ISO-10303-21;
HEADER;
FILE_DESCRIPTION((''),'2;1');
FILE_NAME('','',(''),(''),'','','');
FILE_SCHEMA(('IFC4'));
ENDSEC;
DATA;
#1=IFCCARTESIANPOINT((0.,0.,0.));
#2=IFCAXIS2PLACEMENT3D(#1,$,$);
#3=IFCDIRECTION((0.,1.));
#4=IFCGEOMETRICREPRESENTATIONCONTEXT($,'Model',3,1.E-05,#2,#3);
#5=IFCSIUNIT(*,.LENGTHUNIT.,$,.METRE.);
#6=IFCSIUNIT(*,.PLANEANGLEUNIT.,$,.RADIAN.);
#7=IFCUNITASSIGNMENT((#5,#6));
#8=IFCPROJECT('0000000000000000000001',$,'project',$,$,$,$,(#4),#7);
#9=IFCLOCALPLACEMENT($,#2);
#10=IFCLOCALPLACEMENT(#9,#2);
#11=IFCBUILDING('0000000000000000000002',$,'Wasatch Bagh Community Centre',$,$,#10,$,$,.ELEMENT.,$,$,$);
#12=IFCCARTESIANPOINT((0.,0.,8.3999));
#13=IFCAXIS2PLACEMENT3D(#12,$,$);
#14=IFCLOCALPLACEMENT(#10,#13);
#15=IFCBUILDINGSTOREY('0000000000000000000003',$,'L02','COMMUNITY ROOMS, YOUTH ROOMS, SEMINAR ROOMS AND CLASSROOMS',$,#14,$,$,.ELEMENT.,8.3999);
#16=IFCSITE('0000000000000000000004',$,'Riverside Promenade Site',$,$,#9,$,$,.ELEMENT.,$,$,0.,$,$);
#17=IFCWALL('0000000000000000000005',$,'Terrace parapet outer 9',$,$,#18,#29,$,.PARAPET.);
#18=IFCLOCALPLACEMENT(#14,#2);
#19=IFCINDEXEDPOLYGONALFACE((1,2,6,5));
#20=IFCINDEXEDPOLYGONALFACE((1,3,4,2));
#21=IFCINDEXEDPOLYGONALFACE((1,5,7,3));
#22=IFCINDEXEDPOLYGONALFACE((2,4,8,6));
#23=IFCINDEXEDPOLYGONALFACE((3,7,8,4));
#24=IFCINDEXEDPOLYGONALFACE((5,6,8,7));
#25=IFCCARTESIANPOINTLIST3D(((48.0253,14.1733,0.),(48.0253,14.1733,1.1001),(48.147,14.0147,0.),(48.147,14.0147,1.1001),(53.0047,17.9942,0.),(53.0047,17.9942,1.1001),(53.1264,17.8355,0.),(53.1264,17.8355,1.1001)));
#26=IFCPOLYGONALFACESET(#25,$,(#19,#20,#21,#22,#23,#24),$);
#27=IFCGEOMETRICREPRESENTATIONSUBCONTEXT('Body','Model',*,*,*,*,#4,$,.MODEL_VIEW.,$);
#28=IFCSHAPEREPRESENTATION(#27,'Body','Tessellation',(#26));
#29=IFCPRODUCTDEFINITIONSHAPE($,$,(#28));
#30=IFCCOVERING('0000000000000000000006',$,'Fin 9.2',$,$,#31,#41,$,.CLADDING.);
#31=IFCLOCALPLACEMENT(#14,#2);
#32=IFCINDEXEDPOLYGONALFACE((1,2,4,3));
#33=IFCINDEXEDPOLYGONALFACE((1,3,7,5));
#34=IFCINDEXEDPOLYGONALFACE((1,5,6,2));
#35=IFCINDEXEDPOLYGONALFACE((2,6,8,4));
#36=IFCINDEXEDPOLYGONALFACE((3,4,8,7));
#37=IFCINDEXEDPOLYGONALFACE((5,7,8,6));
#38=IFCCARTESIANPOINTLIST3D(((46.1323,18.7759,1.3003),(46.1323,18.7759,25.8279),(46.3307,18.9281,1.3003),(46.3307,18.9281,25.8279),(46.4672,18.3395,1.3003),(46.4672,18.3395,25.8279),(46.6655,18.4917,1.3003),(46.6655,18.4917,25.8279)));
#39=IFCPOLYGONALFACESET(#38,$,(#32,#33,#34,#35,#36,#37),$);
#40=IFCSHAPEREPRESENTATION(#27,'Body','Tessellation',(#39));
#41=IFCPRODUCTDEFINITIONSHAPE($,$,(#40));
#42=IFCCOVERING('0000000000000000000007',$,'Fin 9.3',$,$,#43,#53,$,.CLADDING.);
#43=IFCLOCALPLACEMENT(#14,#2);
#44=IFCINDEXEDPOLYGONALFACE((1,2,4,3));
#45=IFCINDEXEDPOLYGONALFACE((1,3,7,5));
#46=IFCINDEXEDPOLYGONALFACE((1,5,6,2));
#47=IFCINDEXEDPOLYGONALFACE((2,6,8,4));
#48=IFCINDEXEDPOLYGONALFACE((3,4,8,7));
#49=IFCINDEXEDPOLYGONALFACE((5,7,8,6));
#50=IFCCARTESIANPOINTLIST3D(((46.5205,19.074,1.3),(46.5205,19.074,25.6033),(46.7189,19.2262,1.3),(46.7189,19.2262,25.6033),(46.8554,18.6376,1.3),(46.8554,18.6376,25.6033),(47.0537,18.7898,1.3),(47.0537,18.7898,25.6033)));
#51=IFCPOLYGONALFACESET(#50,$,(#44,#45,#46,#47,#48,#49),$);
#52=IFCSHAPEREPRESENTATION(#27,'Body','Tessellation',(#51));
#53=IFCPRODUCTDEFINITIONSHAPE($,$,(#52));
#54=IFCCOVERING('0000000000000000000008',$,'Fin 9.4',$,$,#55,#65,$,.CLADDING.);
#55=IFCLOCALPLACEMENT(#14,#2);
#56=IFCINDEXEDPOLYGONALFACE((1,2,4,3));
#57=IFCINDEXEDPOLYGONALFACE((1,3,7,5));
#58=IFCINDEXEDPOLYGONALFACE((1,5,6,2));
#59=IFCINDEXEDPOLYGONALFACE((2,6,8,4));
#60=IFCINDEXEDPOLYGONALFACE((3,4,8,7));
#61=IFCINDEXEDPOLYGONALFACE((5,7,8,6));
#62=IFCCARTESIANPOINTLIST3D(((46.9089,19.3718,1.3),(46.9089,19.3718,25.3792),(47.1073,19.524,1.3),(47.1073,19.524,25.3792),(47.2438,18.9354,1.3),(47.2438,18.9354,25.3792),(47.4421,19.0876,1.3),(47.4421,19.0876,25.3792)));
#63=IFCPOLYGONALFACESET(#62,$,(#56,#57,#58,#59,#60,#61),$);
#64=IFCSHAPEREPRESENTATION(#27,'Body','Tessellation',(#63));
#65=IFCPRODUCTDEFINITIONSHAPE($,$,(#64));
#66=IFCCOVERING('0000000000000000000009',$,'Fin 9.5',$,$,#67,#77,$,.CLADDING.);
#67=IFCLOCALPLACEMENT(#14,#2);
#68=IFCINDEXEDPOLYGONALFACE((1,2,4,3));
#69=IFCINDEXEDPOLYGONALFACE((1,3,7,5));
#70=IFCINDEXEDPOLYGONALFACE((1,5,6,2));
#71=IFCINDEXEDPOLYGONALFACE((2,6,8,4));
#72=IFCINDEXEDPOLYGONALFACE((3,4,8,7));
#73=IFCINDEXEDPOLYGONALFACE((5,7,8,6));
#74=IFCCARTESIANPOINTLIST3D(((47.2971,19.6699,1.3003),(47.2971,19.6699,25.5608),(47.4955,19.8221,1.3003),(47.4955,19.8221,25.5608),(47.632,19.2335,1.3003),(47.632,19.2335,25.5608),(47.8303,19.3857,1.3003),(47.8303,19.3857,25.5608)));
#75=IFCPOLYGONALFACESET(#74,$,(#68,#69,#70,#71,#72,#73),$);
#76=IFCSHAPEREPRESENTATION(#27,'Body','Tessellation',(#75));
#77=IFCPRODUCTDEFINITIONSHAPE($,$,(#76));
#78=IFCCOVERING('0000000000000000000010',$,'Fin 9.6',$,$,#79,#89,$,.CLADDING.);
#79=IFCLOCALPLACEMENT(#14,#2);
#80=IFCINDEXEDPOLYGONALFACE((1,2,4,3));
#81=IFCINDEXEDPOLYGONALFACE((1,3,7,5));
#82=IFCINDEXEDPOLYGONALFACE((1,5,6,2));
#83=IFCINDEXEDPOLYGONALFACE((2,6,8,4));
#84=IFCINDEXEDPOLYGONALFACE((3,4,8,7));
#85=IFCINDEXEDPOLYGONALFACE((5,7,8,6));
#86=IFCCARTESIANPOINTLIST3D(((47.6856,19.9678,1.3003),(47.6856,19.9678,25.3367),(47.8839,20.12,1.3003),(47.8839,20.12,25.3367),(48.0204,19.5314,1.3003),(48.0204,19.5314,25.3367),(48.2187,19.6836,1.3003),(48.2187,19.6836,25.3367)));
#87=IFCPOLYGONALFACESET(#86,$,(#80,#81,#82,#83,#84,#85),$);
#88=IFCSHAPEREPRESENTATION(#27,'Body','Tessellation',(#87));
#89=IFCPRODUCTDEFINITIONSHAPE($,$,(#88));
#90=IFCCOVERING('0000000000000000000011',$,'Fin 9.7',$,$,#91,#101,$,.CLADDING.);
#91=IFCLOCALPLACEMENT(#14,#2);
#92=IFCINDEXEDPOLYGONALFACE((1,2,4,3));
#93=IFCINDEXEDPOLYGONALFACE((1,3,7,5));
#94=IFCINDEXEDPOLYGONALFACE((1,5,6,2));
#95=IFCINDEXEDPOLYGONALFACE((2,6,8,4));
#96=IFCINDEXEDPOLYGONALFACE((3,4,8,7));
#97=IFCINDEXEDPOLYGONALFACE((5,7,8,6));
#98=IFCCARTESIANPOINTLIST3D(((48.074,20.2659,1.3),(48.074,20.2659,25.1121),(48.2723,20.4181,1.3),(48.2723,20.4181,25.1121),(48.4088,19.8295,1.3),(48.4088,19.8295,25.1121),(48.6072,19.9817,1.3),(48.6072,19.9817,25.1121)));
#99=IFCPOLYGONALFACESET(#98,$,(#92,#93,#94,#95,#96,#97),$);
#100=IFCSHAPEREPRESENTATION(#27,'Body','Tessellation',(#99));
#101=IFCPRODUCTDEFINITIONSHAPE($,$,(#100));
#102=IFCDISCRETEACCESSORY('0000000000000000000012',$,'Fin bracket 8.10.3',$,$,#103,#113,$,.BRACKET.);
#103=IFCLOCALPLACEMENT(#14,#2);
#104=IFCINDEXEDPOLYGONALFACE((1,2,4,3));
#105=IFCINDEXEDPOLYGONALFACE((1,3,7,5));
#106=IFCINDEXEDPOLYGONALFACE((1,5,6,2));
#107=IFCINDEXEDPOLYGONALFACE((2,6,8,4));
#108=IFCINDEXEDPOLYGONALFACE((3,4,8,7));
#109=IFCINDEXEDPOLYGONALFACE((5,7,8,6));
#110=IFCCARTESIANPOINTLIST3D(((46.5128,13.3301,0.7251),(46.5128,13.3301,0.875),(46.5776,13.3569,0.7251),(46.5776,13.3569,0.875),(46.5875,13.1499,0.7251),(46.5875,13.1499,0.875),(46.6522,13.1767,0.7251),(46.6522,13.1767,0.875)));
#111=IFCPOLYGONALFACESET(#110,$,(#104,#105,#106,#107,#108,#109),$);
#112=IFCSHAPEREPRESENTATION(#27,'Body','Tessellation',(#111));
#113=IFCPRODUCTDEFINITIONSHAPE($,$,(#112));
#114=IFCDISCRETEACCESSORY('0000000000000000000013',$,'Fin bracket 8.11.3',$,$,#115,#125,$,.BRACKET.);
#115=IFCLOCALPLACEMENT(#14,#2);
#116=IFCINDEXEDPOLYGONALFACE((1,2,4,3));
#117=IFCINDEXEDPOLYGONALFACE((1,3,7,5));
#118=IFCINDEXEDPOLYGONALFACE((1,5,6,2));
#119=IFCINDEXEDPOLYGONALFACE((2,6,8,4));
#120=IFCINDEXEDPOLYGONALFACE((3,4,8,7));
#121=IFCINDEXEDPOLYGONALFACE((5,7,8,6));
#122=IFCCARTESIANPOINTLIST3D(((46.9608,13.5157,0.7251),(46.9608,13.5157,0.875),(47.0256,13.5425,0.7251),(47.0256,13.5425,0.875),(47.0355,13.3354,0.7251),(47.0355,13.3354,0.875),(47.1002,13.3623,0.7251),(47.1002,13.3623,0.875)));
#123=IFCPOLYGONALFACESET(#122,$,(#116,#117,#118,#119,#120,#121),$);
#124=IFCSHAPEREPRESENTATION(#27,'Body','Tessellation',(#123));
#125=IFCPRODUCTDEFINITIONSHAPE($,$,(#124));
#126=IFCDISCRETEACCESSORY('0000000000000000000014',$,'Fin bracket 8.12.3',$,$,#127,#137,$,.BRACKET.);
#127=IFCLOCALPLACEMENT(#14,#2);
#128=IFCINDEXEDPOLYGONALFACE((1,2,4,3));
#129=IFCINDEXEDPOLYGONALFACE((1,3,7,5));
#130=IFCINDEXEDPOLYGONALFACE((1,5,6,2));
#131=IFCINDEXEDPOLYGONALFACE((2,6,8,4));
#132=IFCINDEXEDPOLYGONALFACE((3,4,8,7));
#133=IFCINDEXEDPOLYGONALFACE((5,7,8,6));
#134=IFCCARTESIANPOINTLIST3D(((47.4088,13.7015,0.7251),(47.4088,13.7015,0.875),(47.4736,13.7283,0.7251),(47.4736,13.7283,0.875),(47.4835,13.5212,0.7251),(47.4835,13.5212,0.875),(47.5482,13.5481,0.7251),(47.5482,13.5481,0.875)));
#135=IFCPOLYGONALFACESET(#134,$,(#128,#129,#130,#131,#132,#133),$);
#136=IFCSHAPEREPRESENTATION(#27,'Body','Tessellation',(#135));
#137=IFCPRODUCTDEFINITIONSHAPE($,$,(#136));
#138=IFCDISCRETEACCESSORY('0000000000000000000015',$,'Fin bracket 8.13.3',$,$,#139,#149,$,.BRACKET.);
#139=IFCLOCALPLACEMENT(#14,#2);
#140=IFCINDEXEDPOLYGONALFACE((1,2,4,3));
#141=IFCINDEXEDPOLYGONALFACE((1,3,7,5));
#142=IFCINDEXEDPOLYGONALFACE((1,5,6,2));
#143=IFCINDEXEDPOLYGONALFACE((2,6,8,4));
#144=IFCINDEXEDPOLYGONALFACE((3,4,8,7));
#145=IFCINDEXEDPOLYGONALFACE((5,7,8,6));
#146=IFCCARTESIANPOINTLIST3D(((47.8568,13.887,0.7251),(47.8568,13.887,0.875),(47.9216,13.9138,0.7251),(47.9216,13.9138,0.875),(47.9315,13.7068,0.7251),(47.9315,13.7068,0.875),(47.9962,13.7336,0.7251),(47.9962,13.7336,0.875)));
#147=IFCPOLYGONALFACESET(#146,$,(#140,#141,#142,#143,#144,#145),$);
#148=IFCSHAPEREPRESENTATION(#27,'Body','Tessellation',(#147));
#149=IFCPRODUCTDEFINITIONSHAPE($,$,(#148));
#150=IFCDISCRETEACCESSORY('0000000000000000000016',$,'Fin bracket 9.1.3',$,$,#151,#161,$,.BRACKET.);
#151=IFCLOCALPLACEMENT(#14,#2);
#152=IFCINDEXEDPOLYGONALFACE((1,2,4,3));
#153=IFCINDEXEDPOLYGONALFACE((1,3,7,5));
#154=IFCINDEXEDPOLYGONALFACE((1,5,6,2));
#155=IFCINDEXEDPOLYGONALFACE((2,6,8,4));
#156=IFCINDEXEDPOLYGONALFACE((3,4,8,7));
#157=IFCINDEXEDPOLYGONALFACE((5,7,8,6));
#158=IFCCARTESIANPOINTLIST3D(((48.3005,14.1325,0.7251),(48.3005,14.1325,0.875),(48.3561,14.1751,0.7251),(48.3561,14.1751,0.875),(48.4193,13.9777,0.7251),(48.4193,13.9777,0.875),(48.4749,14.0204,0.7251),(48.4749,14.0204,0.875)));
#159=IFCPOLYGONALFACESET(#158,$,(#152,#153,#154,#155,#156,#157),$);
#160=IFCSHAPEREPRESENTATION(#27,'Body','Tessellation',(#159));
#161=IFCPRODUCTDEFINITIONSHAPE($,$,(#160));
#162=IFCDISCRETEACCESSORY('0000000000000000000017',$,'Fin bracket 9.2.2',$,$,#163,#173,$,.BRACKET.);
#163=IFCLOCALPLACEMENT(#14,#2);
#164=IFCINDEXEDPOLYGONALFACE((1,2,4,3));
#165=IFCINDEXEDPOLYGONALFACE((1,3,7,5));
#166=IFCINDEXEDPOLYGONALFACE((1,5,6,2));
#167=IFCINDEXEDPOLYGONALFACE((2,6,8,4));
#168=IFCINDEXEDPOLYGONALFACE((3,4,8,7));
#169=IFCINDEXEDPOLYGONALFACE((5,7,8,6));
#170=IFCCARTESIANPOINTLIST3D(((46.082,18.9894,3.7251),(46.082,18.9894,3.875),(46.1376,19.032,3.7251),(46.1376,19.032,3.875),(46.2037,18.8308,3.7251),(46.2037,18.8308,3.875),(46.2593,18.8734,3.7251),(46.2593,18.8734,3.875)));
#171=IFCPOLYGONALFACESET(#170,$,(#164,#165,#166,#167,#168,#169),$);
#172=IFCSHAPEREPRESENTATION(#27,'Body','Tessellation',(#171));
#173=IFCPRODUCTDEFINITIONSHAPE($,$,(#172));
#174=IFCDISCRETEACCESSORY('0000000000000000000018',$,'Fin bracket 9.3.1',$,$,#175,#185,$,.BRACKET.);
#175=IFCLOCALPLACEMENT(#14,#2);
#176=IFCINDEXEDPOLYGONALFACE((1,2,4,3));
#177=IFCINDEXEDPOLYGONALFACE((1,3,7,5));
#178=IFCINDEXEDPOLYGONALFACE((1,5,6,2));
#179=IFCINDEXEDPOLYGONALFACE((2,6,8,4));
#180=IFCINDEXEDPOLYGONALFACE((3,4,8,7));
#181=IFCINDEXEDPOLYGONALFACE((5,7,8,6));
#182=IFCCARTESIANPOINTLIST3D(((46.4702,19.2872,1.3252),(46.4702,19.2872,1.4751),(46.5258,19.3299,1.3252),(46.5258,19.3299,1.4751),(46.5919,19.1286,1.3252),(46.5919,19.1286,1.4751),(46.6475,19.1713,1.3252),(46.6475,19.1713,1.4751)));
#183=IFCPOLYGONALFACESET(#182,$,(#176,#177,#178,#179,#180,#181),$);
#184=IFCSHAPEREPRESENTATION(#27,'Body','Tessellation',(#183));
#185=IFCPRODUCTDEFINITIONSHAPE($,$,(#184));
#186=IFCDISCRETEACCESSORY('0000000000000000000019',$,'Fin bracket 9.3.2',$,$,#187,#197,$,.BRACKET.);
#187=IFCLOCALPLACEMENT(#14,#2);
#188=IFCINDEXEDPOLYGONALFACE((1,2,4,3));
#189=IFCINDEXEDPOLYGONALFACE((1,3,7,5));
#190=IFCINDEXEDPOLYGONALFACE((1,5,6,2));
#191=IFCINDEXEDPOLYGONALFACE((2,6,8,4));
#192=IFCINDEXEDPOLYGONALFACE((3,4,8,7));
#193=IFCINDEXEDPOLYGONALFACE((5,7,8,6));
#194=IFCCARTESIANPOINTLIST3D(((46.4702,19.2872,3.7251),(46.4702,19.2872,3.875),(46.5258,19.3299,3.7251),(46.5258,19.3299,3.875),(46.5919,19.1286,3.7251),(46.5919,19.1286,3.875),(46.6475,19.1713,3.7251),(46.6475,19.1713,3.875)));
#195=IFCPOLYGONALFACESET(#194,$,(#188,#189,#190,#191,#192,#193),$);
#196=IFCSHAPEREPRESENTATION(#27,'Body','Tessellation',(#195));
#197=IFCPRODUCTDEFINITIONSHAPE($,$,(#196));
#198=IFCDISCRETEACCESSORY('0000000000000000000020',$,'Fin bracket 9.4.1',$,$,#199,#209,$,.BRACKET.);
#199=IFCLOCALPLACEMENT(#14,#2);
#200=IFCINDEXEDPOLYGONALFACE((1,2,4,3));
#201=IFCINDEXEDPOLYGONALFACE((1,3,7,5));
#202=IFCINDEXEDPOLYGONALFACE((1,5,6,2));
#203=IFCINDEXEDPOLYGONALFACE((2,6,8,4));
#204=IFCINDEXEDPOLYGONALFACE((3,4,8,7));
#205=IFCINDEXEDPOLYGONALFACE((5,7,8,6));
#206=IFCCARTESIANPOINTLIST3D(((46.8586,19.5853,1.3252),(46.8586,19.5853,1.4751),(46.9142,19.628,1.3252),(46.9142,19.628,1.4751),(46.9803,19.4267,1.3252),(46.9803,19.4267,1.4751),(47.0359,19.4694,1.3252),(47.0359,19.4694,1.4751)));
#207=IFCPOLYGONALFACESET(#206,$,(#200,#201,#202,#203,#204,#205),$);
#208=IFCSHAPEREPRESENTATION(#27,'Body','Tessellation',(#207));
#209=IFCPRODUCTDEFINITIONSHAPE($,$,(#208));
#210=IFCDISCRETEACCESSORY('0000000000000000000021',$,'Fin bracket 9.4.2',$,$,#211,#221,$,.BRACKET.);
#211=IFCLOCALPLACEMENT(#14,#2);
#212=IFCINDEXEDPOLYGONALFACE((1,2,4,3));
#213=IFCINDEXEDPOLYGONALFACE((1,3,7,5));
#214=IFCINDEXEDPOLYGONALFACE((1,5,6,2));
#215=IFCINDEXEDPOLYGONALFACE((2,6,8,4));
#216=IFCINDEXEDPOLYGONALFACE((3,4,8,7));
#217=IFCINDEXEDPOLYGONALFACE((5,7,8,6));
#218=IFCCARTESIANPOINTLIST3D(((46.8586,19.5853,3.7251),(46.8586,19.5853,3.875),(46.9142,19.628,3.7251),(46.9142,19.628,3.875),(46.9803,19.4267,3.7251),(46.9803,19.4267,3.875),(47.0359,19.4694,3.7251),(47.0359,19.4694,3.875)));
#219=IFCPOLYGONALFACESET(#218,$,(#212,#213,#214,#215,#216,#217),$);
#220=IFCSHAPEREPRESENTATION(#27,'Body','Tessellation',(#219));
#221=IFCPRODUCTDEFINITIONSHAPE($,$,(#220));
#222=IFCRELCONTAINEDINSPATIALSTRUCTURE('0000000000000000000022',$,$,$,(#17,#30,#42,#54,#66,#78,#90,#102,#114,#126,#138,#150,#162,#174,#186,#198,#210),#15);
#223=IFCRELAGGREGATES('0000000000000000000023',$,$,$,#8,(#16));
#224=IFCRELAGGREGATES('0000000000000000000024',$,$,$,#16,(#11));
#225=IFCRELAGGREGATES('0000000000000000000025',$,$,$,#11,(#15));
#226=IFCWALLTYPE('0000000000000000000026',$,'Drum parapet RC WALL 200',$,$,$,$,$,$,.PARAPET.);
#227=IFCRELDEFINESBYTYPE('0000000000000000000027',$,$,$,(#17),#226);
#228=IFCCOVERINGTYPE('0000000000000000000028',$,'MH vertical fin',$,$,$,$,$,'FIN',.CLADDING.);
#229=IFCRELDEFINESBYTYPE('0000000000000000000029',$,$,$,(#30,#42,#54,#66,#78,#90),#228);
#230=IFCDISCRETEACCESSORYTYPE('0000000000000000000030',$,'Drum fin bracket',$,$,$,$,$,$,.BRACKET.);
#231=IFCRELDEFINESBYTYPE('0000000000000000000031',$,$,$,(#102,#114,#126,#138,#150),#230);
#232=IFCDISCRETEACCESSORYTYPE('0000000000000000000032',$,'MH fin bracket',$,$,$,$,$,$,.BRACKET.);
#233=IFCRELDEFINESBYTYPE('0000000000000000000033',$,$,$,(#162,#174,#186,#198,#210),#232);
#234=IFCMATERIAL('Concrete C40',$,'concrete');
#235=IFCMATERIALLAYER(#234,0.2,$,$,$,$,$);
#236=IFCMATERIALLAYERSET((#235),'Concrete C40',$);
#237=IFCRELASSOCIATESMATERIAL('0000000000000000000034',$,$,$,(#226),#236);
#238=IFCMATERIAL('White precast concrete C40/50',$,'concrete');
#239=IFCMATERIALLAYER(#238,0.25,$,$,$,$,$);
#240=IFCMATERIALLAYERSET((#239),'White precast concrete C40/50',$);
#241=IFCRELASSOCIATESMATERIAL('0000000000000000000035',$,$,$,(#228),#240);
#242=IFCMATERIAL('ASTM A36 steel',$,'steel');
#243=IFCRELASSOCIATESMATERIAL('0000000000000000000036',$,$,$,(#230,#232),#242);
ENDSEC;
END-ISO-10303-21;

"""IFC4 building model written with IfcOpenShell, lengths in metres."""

from ifc_helpers import new_model, si_unit, direction, frame, frame_2d, origin, origin_2d, place, context, subcontext, project, spatial, rectangle, extrude, material, layer, layer_set, type_object, element, save


model = new_model("IFC4")

# Units and contexts
model_context = context("Model", 3, precision=1e-05, world=origin(), true_north=direction((0.0, 1.0)))
body_context = subcontext(model_context, "Body", "Model", "MODEL_VIEW")
ifc_project = project(units=[si_unit("LENGTHUNIT", "METRE"), si_unit("PLANEANGLEUNIT", "RADIAN")], contexts=[model_context])

# Site, building, storey
site_placement = place(None, origin())
site = spatial("IfcSite", under=ifc_project, at=site_placement, Name="Riverside Promenade Site", CompositionType="ELEMENT", RefElevation=0.0)
building_placement = place(site_placement, origin())
building = spatial("IfcBuilding", under=site, at=building_placement, Name="Wasatch Bagh Community Centre", CompositionType="ELEMENT")
storey_placement = place(building_placement, frame((0.0, 0.0, 8.3999)))
storey = spatial("IfcBuildingStorey", under=building, at=storey_placement, Name="L02", Description="COMMUNITY ROOMS, YOUTH ROOMS, SEMINAR ROOMS AND CLASSROOMS", CompositionType="ELEMENT", Elevation=8.3999)

# Wall
ifc_material_1 = material(Name="Concrete C40", Category="concrete")
ifc_layer_1 = layer(ifc_material_1, 0.2)
ifc_layer_set_1 = layer_set([ifc_layer_1], Name="Concrete C40")
wall_type = type_object("IfcWallType", Name="Drum parapet RC WALL 200", PredefinedType="PARAPET", material=ifc_layer_set_1)
wall_placement = place(storey_placement, frame((48.0862, 14.094, 0.0), z_axis=(0.0, 0.0, 1.0), x_axis=(0.793346, 0.60877, 0.0)))
element("IfcWall", 1, at=wall_placement, inside=storey, type_object=wall_type, Name="Terrace parapet outer 9", PredefinedType="PARAPET", context=body_context, shape_type="SweptSolid", body=[
    extrude(rectangle(XDim=6.2764, YDim=0.2, at=frame_2d((3.1382, 0.0))), origin(), (0.0, 0.0, 1.0), 1.1001),
])

# Coverings
ifc_material_2 = material(Name="White precast concrete C40/50", Category="concrete")
ifc_layer_2 = layer(ifc_material_2, 0.25)
ifc_layer_set_2 = layer_set([ifc_layer_2], Name="White precast concrete C40/50")
covering_type = type_object("IfcCoveringType", Name="MH vertical fin", ElementType="FIN", PredefinedType="CLADDING", material=ifc_layer_set_2)
covering_1_placement = place(storey_placement, frame((46.3989, 18.6338, 1.3003), z_axis=(0.0, 0.0, 1.0), x_axis=(0.793353, 0.608761, 0.0)))
element("IfcCovering", 2, at=covering_1_placement, inside=storey, type_object=covering_type, Name="Fin 9.2", PredefinedType="CLADDING", context=body_context, shape_type="SweptSolid", body=[
    extrude(rectangle(XDim=0.25, YDim=0.55, at=origin_2d()), origin(), (0.0, 0.0, 1.0), 24.5276),
])
covering_2_placement = place(storey_placement, frame((46.7871, 18.9319, 1.3), z_axis=(0.0, 0.0, 1.0), x_axis=(0.793353, 0.608761, 0.0)))
element("IfcCovering", 3, at=covering_2_placement, inside=storey, type_object=covering_type, Name="Fin 9.3", PredefinedType="CLADDING", context=body_context, shape_type="SweptSolid", body=[
    extrude(rectangle(XDim=0.25, YDim=0.55, at=origin_2d()), origin(), (0.0, 0.0, 1.0), 24.3032),
])
covering_3_placement = place(storey_placement, frame((47.1755, 19.2297, 1.3), z_axis=(0.0, 0.0, 1.0), x_axis=(0.793353, 0.608761, 0.0)))
element("IfcCovering", 4, at=covering_3_placement, inside=storey, type_object=covering_type, Name="Fin 9.4", PredefinedType="CLADDING", context=body_context, shape_type="SweptSolid", body=[
    extrude(rectangle(XDim=0.25, YDim=0.55, at=origin_2d()), origin(), (0.0, 0.0, 1.0), 24.0791),
])
covering_4_placement = place(storey_placement, frame((47.5637, 19.5278, 1.3003), z_axis=(0.0, 0.0, 1.0), x_axis=(0.793353, 0.608761, 0.0)))
element("IfcCovering", 5, at=covering_4_placement, inside=storey, type_object=covering_type, Name="Fin 9.5", PredefinedType="CLADDING", context=body_context, shape_type="SweptSolid", body=[
    extrude(rectangle(XDim=0.25, YDim=0.55, at=origin_2d()), origin(), (0.0, 0.0, 1.0), 24.2605),
])
covering_5_placement = place(storey_placement, frame((47.9521, 19.8257, 1.3003), z_axis=(0.0, 0.0, 1.0), x_axis=(0.793353, 0.608761, 0.0)))
element("IfcCovering", 6, at=covering_5_placement, inside=storey, type_object=covering_type, Name="Fin 9.6", PredefinedType="CLADDING", context=body_context, shape_type="SweptSolid", body=[
    extrude(rectangle(XDim=0.25, YDim=0.55, at=origin_2d()), origin(), (0.0, 0.0, 1.0), 24.0364),
])
covering_6_placement = place(storey_placement, frame((48.3406, 20.1238, 1.3), z_axis=(0.0, 0.0, 1.0), x_axis=(0.793353, 0.608761, 0.0)))
element("IfcCovering", 7, at=covering_6_placement, inside=storey, type_object=covering_type, Name="Fin 9.7", PredefinedType="CLADDING", context=body_context, shape_type="SweptSolid", body=[
    extrude(rectangle(XDim=0.25, YDim=0.55, at=origin_2d()), origin(), (0.0, 0.0, 1.0), 23.812),
])

# Discrete accessories
ifc_material_3 = material(Name="ASTM A36 steel", Category="steel")
discrete_accessory_type_1 = type_object("IfcDiscreteAccessoryType", Name="Drum fin bracket", PredefinedType="BRACKET", material=ifc_material_3)
for number, where, z_axis, x_axis, name in (
    (8, (46.5825, 13.2534, 0.7251), (0.0, 0.0, 1.0), (0.92388, 0.382683, 0.0), "Fin bracket 8.10.3"),
    (9, (47.0305, 13.439, 0.7251), (0.0, 0.0, 1.0), (0.92388, 0.382683, 0.0), "Fin bracket 8.11.3"),
    (10, (47.4785, 13.6248, 0.7251), (0.0, 0.0, 1.0), (0.92388, 0.382683, 0.0), "Fin bracket 8.12.3"),
    (11, (47.9265, 13.8103, 0.7251), (0.0, 0.0, 1.0), (0.92388, 0.382683, 0.0), "Fin bracket 8.13.3"),
    (12, (48.3877, 14.0764, 0.7251), (0.0, 0.0, 1.0), (0.793353, 0.608761, 0.0), "Fin bracket 9.1.3"),
):
    element("IfcDiscreteAccessory", number, at=place(storey_placement, frame(where, z_axis=z_axis, x_axis=x_axis)), inside=storey, type_object=discrete_accessory_type_1, Name=name, PredefinedType="BRACKET", context=body_context, shape_type="SweptSolid", body=[
        extrude(rectangle(XDim=0.0701, YDim=0.1951, at=origin_2d()), origin(), (0.0, 0.0, 1.0), 0.1499),
    ])
discrete_accessory_type_2 = type_object("IfcDiscreteAccessoryType", Name="MH fin bracket", PredefinedType="BRACKET", material=ifc_material_3)
for number, where, z_axis, x_axis, name in (
    (13, (46.1707, 18.9314, 3.7251), (0.0, 0.0, 1.0), (0.793353, 0.608761, 0.0), "Fin bracket 9.2.2"),
    (14, (46.5588, 19.2292, 1.3252), (0.0, 0.0, 1.0), (0.793353, 0.608761, 0.0), "Fin bracket 9.3.1"),
    (15, (46.5588, 19.2292, 3.7251), (0.0, 0.0, 1.0), (0.793353, 0.608761, 0.0), "Fin bracket 9.3.2"),
    (16, (46.9473, 19.5273, 1.3252), (0.0, 0.0, 1.0), (0.793353, 0.608761, 0.0), "Fin bracket 9.4.1"),
    (17, (46.9473, 19.5273, 3.7251), (0.0, 0.0, 1.0), (0.793353, 0.608761, 0.0), "Fin bracket 9.4.2"),
):
    element("IfcDiscreteAccessory", number, at=place(storey_placement, frame(where, z_axis=z_axis, x_axis=x_axis)), inside=storey, type_object=discrete_accessory_type_2, Name=name, PredefinedType="BRACKET", context=body_context, shape_type="SweptSolid", body=[
        extrude(rectangle(XDim=0.0701, YDim=0.2, at=origin_2d()), origin(), (0.0, 0.0, 1.0), 0.1499),
    ])

save(model, "model.ifc")
